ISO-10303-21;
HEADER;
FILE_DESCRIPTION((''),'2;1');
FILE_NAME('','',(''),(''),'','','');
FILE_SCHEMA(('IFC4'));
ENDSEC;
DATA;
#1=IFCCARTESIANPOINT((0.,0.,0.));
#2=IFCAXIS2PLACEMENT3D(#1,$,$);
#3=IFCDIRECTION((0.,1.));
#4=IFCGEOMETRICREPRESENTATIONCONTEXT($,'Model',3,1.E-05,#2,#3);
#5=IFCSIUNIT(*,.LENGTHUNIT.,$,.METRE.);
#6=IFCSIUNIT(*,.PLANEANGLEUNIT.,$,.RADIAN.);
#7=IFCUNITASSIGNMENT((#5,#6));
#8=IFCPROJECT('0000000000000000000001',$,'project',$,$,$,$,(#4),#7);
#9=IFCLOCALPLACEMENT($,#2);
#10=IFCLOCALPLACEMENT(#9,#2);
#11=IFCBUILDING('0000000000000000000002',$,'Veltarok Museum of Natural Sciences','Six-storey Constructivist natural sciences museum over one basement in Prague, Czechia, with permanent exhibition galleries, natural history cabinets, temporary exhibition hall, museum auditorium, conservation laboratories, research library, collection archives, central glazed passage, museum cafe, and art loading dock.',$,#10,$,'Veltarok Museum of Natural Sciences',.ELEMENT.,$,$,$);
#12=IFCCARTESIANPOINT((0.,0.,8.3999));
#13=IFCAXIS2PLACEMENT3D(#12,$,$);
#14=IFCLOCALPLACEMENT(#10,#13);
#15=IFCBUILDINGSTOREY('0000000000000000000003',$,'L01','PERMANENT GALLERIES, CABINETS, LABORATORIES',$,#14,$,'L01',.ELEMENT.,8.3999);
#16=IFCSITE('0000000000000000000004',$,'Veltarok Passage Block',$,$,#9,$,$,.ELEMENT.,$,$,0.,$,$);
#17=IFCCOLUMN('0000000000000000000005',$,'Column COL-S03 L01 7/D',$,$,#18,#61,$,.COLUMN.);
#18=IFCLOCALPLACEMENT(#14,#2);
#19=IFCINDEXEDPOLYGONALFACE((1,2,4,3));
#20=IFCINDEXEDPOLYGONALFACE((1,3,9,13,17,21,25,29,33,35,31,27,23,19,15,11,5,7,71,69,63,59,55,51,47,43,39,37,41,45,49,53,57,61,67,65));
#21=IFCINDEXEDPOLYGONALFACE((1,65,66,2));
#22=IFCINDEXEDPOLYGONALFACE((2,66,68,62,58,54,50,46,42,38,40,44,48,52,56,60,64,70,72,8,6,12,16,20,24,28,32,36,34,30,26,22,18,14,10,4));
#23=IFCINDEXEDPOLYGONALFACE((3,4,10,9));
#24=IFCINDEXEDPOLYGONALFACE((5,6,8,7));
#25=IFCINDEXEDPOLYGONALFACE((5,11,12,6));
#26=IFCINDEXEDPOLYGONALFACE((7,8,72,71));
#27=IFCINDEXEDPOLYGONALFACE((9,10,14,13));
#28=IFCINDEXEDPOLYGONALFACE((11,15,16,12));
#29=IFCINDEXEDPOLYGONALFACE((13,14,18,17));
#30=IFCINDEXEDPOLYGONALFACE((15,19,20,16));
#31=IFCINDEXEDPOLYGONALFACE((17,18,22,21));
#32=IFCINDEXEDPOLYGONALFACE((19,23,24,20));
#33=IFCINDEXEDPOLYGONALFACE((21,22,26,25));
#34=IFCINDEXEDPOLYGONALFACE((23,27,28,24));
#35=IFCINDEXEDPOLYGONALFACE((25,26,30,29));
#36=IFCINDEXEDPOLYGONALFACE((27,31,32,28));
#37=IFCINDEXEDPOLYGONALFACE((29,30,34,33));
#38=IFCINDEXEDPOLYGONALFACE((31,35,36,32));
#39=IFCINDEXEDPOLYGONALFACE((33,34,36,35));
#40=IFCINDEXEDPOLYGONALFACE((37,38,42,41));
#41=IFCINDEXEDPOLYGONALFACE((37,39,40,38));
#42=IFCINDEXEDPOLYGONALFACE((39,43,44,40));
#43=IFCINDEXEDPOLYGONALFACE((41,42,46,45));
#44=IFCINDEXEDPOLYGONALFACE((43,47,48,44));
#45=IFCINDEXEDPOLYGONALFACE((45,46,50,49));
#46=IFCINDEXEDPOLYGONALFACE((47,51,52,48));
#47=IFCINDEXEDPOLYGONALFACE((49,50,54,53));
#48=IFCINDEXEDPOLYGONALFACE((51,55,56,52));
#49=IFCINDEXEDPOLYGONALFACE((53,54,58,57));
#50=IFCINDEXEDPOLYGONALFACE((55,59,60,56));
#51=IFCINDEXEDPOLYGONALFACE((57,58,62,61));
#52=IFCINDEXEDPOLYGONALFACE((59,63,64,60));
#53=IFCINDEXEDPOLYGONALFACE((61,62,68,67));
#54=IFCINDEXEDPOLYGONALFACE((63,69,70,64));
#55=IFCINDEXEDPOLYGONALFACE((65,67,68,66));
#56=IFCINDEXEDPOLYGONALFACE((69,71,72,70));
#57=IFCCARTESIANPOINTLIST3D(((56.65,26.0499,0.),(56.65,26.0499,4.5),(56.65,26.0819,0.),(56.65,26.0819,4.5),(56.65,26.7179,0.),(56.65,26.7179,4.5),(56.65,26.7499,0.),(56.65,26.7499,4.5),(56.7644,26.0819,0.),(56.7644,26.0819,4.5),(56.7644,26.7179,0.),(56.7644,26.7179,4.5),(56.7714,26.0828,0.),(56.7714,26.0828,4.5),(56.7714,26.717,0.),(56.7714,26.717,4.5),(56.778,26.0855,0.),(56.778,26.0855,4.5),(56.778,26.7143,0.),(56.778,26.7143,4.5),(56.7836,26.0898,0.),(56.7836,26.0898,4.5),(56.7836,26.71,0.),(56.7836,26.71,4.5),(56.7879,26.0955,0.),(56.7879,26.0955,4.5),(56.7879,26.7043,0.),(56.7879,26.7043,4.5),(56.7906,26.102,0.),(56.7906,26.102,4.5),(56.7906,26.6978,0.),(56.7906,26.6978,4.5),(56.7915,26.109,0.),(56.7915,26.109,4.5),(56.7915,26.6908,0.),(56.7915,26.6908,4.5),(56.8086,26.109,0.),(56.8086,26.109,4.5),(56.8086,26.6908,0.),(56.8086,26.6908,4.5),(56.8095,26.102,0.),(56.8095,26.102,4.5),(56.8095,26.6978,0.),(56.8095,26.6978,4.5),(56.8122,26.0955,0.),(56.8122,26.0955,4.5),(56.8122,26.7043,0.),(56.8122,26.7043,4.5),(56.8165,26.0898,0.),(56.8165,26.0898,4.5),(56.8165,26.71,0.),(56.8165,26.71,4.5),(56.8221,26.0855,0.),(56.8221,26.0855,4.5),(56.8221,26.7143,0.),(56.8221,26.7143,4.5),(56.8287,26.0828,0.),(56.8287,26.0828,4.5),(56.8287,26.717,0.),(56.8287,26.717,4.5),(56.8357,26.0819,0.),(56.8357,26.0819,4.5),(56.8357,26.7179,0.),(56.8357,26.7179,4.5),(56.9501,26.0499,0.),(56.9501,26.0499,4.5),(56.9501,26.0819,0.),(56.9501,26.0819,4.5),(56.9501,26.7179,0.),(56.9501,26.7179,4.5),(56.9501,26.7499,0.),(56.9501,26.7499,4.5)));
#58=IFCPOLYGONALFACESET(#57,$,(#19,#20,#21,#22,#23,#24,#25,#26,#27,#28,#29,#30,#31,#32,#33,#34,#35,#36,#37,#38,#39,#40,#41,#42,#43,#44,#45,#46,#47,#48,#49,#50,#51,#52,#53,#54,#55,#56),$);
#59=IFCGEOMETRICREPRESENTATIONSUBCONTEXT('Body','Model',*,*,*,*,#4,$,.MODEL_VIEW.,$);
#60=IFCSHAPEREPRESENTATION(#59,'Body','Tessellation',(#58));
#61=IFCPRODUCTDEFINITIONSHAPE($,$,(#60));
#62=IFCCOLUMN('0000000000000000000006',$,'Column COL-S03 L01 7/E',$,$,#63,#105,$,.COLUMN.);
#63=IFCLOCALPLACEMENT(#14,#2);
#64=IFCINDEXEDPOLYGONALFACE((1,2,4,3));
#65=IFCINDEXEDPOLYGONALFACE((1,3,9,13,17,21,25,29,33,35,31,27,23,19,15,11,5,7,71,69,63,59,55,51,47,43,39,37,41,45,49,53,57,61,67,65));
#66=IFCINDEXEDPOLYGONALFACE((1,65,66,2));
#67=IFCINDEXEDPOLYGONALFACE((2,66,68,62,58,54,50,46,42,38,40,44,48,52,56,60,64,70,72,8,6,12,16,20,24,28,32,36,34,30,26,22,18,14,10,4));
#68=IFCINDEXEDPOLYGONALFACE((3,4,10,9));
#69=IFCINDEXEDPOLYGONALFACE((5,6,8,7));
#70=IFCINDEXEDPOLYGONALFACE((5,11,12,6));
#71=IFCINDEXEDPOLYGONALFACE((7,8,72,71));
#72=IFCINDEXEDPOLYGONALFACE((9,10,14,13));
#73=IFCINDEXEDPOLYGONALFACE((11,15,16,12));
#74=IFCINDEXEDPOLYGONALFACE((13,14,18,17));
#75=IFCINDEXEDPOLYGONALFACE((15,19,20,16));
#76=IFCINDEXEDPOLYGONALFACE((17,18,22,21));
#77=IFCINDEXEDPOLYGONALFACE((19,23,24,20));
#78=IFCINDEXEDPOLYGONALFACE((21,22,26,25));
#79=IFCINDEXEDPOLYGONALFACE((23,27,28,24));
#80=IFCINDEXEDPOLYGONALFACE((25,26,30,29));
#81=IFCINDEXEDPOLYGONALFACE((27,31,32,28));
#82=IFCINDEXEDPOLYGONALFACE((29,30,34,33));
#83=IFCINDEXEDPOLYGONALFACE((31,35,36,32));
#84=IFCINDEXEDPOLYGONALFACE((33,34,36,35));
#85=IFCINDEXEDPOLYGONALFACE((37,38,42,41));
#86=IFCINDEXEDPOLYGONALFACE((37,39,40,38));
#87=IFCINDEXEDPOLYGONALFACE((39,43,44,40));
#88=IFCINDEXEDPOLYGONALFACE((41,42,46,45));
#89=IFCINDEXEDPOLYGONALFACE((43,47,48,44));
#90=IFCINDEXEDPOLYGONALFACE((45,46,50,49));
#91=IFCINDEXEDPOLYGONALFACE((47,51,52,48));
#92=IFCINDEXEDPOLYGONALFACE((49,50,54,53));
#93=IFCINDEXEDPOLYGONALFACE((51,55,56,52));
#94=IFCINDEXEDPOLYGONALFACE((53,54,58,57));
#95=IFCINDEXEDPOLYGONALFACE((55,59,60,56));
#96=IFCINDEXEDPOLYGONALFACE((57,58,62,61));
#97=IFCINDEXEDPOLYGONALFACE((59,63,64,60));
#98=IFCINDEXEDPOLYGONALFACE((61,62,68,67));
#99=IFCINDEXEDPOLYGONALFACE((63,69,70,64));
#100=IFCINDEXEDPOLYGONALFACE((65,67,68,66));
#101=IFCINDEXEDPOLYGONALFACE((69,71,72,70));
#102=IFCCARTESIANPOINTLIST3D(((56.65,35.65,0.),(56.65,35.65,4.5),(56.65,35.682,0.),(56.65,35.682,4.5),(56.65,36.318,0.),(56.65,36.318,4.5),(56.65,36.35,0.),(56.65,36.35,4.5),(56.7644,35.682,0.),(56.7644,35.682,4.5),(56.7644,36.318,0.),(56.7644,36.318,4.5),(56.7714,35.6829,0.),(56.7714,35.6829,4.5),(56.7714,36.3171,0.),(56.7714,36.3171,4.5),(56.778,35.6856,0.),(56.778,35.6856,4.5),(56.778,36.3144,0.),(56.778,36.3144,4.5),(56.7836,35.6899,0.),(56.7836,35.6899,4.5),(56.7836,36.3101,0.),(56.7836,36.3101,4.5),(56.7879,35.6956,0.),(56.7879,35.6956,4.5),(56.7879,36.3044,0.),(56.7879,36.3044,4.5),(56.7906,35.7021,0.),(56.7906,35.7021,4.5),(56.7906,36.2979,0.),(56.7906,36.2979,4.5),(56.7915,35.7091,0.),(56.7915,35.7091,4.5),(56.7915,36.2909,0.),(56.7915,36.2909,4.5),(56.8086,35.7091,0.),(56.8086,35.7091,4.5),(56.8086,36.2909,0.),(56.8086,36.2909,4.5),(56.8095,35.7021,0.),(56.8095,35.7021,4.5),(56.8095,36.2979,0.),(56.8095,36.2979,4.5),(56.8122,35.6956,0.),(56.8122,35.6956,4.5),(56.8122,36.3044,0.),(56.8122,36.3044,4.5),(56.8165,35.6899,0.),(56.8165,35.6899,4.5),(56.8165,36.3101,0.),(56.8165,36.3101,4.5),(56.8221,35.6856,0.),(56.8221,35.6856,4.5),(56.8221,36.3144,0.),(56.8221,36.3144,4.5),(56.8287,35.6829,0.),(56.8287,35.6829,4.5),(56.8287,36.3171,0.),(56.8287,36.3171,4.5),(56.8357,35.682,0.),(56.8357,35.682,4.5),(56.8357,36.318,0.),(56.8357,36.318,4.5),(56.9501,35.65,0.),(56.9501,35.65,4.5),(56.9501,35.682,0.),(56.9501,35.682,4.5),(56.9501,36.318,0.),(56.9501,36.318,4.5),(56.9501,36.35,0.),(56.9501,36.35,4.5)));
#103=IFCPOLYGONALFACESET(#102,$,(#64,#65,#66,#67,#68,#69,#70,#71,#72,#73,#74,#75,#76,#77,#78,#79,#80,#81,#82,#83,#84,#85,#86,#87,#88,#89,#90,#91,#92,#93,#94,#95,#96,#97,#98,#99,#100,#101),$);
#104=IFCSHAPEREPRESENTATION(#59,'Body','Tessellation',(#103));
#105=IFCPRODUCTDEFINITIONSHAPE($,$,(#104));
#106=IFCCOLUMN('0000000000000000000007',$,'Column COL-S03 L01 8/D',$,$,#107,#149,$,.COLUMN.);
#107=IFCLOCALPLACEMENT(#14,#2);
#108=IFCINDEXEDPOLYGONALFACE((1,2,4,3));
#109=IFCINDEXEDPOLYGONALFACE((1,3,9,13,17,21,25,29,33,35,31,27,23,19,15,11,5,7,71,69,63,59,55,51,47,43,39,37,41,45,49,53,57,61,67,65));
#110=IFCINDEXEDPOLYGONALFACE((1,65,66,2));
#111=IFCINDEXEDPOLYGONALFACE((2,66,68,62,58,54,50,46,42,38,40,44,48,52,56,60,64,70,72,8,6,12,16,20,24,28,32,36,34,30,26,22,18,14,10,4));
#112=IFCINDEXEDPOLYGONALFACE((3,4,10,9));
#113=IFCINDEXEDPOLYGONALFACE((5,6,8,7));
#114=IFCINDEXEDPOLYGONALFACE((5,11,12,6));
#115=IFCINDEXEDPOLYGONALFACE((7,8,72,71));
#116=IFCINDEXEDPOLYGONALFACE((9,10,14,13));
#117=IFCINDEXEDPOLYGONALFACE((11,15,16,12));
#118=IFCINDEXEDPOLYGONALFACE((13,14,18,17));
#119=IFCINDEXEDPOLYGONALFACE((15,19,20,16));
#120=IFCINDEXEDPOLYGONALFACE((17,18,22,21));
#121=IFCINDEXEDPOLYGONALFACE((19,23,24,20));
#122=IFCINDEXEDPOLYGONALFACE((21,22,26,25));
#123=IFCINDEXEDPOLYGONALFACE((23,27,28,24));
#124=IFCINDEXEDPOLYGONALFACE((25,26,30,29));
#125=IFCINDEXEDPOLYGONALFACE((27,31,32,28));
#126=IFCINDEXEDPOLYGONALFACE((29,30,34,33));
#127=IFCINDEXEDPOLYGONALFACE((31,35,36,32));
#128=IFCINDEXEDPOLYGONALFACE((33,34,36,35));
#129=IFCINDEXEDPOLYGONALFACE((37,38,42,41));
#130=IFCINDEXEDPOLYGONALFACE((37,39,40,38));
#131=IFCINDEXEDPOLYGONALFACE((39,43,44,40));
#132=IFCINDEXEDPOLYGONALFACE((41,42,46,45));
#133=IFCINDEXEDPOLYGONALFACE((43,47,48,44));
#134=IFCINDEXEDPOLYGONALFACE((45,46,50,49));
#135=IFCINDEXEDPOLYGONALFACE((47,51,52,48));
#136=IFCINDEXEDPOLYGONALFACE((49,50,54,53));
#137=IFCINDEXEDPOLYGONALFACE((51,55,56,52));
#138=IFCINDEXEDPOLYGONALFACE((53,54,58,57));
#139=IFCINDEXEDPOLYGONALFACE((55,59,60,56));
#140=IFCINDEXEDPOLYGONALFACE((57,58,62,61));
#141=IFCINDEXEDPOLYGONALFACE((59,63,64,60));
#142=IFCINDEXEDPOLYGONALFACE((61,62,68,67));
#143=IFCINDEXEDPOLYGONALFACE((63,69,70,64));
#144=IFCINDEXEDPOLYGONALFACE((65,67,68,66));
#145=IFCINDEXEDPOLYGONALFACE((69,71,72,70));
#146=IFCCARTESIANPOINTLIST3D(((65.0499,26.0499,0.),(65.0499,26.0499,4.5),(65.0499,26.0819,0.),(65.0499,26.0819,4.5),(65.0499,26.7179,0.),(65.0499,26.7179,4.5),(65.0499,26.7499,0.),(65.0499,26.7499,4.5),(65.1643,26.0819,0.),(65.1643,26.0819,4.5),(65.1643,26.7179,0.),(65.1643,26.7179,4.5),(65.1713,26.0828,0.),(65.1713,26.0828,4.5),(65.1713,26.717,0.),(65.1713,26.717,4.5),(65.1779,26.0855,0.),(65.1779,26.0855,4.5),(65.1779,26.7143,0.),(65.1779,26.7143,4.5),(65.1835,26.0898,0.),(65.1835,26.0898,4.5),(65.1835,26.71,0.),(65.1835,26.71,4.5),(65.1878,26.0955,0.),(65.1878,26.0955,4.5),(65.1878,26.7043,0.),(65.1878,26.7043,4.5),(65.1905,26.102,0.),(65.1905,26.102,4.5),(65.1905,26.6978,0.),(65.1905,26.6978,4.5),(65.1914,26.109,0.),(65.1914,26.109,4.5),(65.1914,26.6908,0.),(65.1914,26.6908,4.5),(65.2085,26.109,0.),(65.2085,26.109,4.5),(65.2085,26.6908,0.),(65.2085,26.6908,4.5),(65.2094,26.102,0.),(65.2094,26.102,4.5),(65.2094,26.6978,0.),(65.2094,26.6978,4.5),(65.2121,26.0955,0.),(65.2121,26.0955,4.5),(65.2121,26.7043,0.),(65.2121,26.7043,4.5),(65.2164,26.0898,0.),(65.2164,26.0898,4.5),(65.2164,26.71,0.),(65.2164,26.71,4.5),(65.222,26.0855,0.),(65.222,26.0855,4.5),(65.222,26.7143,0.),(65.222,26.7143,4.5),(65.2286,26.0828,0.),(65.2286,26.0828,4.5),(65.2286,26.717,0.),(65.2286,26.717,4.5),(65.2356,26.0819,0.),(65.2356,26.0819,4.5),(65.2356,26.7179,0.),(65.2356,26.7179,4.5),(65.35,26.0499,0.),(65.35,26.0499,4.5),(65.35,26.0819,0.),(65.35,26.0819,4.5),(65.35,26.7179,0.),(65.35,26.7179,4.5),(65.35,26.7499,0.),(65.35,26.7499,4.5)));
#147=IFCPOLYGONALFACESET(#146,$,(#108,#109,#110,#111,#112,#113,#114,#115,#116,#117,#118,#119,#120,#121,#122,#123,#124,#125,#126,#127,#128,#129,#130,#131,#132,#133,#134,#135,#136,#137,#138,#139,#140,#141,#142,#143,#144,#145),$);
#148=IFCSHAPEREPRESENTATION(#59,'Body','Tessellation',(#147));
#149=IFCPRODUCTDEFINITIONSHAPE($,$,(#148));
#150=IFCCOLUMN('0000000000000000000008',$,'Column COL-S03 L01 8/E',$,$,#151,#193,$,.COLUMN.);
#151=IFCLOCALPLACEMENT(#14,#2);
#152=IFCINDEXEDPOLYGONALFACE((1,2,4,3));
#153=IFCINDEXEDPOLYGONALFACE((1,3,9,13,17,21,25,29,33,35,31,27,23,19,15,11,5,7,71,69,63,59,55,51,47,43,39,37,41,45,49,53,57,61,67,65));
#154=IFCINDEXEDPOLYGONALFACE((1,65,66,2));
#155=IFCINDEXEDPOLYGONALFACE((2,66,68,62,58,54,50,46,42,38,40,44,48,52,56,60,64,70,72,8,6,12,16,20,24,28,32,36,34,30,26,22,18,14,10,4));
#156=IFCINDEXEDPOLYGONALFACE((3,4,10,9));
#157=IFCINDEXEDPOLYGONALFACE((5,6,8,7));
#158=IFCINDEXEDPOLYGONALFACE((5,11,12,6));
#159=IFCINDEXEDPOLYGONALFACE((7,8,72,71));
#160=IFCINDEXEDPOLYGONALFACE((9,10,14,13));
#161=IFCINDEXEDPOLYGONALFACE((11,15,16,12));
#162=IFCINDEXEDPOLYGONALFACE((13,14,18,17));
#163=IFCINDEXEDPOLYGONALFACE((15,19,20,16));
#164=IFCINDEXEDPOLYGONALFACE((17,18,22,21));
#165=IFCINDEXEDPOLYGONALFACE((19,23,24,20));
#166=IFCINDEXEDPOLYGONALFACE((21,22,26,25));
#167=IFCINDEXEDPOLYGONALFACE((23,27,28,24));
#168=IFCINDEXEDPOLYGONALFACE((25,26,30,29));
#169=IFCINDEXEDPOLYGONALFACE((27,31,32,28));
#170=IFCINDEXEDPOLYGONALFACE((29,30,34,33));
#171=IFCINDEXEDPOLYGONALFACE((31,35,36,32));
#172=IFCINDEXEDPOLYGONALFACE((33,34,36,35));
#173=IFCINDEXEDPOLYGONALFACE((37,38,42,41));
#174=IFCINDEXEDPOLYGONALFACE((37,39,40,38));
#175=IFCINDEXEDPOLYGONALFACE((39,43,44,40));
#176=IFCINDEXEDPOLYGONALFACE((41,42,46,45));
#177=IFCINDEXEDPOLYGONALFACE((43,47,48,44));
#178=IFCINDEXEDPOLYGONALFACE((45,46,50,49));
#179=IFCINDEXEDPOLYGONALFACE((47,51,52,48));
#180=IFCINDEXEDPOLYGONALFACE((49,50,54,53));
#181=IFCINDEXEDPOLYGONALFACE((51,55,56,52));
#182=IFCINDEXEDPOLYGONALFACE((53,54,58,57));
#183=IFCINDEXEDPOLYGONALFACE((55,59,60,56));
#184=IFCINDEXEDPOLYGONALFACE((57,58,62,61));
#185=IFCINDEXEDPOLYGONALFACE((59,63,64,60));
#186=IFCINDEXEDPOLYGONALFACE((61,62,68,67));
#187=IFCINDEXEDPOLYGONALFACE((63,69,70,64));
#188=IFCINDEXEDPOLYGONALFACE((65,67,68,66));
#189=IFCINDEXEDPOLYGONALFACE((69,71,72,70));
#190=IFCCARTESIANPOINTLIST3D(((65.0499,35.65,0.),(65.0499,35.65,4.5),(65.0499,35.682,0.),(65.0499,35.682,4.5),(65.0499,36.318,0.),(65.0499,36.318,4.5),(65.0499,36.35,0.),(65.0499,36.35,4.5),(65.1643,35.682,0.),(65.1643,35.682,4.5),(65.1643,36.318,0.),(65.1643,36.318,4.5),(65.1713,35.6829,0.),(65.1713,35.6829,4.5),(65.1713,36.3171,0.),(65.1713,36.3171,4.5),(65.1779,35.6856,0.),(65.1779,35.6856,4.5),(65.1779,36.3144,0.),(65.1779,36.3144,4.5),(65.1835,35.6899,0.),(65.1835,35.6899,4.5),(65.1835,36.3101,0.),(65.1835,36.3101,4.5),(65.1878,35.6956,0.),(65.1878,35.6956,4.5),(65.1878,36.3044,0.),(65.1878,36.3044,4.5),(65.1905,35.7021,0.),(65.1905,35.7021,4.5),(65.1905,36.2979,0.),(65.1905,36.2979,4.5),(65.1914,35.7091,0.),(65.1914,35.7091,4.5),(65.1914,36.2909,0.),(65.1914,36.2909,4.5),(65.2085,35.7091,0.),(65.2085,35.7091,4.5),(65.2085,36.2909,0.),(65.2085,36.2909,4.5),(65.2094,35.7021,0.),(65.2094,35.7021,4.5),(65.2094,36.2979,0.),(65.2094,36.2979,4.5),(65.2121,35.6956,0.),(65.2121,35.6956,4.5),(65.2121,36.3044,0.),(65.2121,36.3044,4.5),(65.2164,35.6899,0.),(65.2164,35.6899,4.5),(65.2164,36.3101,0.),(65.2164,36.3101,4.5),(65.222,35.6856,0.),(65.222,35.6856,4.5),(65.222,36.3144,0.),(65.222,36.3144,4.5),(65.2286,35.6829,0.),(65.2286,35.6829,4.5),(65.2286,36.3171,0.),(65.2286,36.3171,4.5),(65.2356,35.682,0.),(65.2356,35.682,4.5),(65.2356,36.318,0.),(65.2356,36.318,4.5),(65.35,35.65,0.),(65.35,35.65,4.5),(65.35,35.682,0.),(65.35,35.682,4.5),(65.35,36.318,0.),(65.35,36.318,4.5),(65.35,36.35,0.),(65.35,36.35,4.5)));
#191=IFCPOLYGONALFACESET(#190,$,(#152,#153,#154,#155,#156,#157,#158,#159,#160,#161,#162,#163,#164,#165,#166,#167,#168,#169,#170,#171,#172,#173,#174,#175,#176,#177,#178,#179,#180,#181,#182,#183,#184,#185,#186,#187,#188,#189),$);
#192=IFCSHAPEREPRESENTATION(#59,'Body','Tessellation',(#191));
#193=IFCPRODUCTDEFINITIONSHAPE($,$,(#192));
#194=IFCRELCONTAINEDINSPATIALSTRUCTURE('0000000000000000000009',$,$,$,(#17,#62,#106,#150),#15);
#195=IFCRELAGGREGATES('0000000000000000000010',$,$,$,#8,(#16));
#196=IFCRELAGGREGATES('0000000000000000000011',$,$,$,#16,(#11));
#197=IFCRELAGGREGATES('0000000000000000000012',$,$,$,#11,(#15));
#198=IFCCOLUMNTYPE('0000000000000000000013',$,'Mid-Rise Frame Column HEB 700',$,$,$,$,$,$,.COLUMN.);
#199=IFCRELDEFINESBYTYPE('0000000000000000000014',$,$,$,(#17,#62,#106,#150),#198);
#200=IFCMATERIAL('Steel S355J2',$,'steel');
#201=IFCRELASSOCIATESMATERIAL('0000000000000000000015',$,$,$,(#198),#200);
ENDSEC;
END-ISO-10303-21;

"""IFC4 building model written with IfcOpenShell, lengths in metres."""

from ifc_helpers import new_model, si_unit, direction, frame, origin, origin_2d, place, context, subcontext, project, spatial, i_section, extrude, material, material_profile, profile_set, type_object, element, save


model = new_model("IFC4")

# Units and contexts
model_context = context("Model", 3, precision=1e-05, world=origin(), true_north=direction((0.0, 1.0)))
body_context = subcontext(model_context, "Body", "Model", "MODEL_VIEW")
ifc_project = project(units=[si_unit("LENGTHUNIT", "METRE"), si_unit("PLANEANGLEUNIT", "RADIAN")], contexts=[model_context])

# Site, building, storey
site_placement = place(None, origin())
site = spatial("IfcSite", under=ifc_project, at=site_placement, Name="Veltarok Passage Block", CompositionType="ELEMENT", RefElevation=0.0)
building_placement = place(site_placement, origin())
building = spatial("IfcBuilding", under=site, at=building_placement, Name="Veltarok Museum of Natural Sciences", Description="Six-storey Constructivist natural sciences museum over one basement in Prague, Czechia, with permanent exhibition galleries, natural history cabinets, temporary exhibition hall, museum auditorium, conservation laboratories, research library, collection archives, central glazed passage, museum cafe, and art loading dock.", LongName="Veltarok Museum of Natural Sciences", CompositionType="ELEMENT")
storey_placement = place(building_placement, frame((0.0, 0.0, 8.3999)))
storey = spatial("IfcBuildingStorey", under=building, at=storey_placement, Name="L01", Description="PERMANENT GALLERIES, CABINETS, LABORATORIES", LongName="L01", CompositionType="ELEMENT", Elevation=8.3999)

# Columns
ifc_material = material(Name="Steel S355J2", Category="steel")
ifc_material_profile_1 = material_profile(ifc_material, i_section(OverallWidth=0.3, OverallDepth=0.7, WebThickness=0.0171, FlangeThickness=0.032, FilletRadius=0.0271, at=origin_2d()), Name="HEB 700")
ifc_profile_set_1 = profile_set([ifc_material_profile_1], Name="Steel S355J2")
column_type = type_object("IfcColumnType", Name="Mid-Rise Frame Column HEB 700", PredefinedType="COLUMN", material=ifc_profile_set_1)
for number, where, z_axis, x_axis, name in (
    (1, (56.8, 26.3999, 0.0), (0.0, 0.0, 1.0), (1.0, 0.0, 0.0), "Column COL-S03 L01 7/D"),
    (2, (56.8, 36.0, 0.0), (0.0, 0.0, 1.0), (1.0, 0.0, 0.0), "Column COL-S03 L01 7/E"),
    (3, (65.2, 26.3999, 0.0), (0.0, 0.0, 1.0), (1.0, 0.0, 0.0), "Column COL-S03 L01 8/D"),
    (4, (65.2, 36.0, 0.0), (0.0, 0.0, 1.0), (1.0, 0.0, 0.0), "Column COL-S03 L01 8/E"),
):
    element("IfcColumn", number, at=place(storey_placement, frame(where, z_axis=z_axis, x_axis=x_axis)), inside=storey, type_object=column_type, Name=name, PredefinedType="COLUMN", context=body_context, shape_type="SweptSolid", body=[
        extrude(i_section(OverallWidth=0.3, OverallDepth=0.7, WebThickness=0.0171, FlangeThickness=0.032, FilletRadius=0.0271, at=origin_2d()), origin(), (0.0, 0.0, 1.0), 4.5),
    ])

save(model, "model.ifc")
